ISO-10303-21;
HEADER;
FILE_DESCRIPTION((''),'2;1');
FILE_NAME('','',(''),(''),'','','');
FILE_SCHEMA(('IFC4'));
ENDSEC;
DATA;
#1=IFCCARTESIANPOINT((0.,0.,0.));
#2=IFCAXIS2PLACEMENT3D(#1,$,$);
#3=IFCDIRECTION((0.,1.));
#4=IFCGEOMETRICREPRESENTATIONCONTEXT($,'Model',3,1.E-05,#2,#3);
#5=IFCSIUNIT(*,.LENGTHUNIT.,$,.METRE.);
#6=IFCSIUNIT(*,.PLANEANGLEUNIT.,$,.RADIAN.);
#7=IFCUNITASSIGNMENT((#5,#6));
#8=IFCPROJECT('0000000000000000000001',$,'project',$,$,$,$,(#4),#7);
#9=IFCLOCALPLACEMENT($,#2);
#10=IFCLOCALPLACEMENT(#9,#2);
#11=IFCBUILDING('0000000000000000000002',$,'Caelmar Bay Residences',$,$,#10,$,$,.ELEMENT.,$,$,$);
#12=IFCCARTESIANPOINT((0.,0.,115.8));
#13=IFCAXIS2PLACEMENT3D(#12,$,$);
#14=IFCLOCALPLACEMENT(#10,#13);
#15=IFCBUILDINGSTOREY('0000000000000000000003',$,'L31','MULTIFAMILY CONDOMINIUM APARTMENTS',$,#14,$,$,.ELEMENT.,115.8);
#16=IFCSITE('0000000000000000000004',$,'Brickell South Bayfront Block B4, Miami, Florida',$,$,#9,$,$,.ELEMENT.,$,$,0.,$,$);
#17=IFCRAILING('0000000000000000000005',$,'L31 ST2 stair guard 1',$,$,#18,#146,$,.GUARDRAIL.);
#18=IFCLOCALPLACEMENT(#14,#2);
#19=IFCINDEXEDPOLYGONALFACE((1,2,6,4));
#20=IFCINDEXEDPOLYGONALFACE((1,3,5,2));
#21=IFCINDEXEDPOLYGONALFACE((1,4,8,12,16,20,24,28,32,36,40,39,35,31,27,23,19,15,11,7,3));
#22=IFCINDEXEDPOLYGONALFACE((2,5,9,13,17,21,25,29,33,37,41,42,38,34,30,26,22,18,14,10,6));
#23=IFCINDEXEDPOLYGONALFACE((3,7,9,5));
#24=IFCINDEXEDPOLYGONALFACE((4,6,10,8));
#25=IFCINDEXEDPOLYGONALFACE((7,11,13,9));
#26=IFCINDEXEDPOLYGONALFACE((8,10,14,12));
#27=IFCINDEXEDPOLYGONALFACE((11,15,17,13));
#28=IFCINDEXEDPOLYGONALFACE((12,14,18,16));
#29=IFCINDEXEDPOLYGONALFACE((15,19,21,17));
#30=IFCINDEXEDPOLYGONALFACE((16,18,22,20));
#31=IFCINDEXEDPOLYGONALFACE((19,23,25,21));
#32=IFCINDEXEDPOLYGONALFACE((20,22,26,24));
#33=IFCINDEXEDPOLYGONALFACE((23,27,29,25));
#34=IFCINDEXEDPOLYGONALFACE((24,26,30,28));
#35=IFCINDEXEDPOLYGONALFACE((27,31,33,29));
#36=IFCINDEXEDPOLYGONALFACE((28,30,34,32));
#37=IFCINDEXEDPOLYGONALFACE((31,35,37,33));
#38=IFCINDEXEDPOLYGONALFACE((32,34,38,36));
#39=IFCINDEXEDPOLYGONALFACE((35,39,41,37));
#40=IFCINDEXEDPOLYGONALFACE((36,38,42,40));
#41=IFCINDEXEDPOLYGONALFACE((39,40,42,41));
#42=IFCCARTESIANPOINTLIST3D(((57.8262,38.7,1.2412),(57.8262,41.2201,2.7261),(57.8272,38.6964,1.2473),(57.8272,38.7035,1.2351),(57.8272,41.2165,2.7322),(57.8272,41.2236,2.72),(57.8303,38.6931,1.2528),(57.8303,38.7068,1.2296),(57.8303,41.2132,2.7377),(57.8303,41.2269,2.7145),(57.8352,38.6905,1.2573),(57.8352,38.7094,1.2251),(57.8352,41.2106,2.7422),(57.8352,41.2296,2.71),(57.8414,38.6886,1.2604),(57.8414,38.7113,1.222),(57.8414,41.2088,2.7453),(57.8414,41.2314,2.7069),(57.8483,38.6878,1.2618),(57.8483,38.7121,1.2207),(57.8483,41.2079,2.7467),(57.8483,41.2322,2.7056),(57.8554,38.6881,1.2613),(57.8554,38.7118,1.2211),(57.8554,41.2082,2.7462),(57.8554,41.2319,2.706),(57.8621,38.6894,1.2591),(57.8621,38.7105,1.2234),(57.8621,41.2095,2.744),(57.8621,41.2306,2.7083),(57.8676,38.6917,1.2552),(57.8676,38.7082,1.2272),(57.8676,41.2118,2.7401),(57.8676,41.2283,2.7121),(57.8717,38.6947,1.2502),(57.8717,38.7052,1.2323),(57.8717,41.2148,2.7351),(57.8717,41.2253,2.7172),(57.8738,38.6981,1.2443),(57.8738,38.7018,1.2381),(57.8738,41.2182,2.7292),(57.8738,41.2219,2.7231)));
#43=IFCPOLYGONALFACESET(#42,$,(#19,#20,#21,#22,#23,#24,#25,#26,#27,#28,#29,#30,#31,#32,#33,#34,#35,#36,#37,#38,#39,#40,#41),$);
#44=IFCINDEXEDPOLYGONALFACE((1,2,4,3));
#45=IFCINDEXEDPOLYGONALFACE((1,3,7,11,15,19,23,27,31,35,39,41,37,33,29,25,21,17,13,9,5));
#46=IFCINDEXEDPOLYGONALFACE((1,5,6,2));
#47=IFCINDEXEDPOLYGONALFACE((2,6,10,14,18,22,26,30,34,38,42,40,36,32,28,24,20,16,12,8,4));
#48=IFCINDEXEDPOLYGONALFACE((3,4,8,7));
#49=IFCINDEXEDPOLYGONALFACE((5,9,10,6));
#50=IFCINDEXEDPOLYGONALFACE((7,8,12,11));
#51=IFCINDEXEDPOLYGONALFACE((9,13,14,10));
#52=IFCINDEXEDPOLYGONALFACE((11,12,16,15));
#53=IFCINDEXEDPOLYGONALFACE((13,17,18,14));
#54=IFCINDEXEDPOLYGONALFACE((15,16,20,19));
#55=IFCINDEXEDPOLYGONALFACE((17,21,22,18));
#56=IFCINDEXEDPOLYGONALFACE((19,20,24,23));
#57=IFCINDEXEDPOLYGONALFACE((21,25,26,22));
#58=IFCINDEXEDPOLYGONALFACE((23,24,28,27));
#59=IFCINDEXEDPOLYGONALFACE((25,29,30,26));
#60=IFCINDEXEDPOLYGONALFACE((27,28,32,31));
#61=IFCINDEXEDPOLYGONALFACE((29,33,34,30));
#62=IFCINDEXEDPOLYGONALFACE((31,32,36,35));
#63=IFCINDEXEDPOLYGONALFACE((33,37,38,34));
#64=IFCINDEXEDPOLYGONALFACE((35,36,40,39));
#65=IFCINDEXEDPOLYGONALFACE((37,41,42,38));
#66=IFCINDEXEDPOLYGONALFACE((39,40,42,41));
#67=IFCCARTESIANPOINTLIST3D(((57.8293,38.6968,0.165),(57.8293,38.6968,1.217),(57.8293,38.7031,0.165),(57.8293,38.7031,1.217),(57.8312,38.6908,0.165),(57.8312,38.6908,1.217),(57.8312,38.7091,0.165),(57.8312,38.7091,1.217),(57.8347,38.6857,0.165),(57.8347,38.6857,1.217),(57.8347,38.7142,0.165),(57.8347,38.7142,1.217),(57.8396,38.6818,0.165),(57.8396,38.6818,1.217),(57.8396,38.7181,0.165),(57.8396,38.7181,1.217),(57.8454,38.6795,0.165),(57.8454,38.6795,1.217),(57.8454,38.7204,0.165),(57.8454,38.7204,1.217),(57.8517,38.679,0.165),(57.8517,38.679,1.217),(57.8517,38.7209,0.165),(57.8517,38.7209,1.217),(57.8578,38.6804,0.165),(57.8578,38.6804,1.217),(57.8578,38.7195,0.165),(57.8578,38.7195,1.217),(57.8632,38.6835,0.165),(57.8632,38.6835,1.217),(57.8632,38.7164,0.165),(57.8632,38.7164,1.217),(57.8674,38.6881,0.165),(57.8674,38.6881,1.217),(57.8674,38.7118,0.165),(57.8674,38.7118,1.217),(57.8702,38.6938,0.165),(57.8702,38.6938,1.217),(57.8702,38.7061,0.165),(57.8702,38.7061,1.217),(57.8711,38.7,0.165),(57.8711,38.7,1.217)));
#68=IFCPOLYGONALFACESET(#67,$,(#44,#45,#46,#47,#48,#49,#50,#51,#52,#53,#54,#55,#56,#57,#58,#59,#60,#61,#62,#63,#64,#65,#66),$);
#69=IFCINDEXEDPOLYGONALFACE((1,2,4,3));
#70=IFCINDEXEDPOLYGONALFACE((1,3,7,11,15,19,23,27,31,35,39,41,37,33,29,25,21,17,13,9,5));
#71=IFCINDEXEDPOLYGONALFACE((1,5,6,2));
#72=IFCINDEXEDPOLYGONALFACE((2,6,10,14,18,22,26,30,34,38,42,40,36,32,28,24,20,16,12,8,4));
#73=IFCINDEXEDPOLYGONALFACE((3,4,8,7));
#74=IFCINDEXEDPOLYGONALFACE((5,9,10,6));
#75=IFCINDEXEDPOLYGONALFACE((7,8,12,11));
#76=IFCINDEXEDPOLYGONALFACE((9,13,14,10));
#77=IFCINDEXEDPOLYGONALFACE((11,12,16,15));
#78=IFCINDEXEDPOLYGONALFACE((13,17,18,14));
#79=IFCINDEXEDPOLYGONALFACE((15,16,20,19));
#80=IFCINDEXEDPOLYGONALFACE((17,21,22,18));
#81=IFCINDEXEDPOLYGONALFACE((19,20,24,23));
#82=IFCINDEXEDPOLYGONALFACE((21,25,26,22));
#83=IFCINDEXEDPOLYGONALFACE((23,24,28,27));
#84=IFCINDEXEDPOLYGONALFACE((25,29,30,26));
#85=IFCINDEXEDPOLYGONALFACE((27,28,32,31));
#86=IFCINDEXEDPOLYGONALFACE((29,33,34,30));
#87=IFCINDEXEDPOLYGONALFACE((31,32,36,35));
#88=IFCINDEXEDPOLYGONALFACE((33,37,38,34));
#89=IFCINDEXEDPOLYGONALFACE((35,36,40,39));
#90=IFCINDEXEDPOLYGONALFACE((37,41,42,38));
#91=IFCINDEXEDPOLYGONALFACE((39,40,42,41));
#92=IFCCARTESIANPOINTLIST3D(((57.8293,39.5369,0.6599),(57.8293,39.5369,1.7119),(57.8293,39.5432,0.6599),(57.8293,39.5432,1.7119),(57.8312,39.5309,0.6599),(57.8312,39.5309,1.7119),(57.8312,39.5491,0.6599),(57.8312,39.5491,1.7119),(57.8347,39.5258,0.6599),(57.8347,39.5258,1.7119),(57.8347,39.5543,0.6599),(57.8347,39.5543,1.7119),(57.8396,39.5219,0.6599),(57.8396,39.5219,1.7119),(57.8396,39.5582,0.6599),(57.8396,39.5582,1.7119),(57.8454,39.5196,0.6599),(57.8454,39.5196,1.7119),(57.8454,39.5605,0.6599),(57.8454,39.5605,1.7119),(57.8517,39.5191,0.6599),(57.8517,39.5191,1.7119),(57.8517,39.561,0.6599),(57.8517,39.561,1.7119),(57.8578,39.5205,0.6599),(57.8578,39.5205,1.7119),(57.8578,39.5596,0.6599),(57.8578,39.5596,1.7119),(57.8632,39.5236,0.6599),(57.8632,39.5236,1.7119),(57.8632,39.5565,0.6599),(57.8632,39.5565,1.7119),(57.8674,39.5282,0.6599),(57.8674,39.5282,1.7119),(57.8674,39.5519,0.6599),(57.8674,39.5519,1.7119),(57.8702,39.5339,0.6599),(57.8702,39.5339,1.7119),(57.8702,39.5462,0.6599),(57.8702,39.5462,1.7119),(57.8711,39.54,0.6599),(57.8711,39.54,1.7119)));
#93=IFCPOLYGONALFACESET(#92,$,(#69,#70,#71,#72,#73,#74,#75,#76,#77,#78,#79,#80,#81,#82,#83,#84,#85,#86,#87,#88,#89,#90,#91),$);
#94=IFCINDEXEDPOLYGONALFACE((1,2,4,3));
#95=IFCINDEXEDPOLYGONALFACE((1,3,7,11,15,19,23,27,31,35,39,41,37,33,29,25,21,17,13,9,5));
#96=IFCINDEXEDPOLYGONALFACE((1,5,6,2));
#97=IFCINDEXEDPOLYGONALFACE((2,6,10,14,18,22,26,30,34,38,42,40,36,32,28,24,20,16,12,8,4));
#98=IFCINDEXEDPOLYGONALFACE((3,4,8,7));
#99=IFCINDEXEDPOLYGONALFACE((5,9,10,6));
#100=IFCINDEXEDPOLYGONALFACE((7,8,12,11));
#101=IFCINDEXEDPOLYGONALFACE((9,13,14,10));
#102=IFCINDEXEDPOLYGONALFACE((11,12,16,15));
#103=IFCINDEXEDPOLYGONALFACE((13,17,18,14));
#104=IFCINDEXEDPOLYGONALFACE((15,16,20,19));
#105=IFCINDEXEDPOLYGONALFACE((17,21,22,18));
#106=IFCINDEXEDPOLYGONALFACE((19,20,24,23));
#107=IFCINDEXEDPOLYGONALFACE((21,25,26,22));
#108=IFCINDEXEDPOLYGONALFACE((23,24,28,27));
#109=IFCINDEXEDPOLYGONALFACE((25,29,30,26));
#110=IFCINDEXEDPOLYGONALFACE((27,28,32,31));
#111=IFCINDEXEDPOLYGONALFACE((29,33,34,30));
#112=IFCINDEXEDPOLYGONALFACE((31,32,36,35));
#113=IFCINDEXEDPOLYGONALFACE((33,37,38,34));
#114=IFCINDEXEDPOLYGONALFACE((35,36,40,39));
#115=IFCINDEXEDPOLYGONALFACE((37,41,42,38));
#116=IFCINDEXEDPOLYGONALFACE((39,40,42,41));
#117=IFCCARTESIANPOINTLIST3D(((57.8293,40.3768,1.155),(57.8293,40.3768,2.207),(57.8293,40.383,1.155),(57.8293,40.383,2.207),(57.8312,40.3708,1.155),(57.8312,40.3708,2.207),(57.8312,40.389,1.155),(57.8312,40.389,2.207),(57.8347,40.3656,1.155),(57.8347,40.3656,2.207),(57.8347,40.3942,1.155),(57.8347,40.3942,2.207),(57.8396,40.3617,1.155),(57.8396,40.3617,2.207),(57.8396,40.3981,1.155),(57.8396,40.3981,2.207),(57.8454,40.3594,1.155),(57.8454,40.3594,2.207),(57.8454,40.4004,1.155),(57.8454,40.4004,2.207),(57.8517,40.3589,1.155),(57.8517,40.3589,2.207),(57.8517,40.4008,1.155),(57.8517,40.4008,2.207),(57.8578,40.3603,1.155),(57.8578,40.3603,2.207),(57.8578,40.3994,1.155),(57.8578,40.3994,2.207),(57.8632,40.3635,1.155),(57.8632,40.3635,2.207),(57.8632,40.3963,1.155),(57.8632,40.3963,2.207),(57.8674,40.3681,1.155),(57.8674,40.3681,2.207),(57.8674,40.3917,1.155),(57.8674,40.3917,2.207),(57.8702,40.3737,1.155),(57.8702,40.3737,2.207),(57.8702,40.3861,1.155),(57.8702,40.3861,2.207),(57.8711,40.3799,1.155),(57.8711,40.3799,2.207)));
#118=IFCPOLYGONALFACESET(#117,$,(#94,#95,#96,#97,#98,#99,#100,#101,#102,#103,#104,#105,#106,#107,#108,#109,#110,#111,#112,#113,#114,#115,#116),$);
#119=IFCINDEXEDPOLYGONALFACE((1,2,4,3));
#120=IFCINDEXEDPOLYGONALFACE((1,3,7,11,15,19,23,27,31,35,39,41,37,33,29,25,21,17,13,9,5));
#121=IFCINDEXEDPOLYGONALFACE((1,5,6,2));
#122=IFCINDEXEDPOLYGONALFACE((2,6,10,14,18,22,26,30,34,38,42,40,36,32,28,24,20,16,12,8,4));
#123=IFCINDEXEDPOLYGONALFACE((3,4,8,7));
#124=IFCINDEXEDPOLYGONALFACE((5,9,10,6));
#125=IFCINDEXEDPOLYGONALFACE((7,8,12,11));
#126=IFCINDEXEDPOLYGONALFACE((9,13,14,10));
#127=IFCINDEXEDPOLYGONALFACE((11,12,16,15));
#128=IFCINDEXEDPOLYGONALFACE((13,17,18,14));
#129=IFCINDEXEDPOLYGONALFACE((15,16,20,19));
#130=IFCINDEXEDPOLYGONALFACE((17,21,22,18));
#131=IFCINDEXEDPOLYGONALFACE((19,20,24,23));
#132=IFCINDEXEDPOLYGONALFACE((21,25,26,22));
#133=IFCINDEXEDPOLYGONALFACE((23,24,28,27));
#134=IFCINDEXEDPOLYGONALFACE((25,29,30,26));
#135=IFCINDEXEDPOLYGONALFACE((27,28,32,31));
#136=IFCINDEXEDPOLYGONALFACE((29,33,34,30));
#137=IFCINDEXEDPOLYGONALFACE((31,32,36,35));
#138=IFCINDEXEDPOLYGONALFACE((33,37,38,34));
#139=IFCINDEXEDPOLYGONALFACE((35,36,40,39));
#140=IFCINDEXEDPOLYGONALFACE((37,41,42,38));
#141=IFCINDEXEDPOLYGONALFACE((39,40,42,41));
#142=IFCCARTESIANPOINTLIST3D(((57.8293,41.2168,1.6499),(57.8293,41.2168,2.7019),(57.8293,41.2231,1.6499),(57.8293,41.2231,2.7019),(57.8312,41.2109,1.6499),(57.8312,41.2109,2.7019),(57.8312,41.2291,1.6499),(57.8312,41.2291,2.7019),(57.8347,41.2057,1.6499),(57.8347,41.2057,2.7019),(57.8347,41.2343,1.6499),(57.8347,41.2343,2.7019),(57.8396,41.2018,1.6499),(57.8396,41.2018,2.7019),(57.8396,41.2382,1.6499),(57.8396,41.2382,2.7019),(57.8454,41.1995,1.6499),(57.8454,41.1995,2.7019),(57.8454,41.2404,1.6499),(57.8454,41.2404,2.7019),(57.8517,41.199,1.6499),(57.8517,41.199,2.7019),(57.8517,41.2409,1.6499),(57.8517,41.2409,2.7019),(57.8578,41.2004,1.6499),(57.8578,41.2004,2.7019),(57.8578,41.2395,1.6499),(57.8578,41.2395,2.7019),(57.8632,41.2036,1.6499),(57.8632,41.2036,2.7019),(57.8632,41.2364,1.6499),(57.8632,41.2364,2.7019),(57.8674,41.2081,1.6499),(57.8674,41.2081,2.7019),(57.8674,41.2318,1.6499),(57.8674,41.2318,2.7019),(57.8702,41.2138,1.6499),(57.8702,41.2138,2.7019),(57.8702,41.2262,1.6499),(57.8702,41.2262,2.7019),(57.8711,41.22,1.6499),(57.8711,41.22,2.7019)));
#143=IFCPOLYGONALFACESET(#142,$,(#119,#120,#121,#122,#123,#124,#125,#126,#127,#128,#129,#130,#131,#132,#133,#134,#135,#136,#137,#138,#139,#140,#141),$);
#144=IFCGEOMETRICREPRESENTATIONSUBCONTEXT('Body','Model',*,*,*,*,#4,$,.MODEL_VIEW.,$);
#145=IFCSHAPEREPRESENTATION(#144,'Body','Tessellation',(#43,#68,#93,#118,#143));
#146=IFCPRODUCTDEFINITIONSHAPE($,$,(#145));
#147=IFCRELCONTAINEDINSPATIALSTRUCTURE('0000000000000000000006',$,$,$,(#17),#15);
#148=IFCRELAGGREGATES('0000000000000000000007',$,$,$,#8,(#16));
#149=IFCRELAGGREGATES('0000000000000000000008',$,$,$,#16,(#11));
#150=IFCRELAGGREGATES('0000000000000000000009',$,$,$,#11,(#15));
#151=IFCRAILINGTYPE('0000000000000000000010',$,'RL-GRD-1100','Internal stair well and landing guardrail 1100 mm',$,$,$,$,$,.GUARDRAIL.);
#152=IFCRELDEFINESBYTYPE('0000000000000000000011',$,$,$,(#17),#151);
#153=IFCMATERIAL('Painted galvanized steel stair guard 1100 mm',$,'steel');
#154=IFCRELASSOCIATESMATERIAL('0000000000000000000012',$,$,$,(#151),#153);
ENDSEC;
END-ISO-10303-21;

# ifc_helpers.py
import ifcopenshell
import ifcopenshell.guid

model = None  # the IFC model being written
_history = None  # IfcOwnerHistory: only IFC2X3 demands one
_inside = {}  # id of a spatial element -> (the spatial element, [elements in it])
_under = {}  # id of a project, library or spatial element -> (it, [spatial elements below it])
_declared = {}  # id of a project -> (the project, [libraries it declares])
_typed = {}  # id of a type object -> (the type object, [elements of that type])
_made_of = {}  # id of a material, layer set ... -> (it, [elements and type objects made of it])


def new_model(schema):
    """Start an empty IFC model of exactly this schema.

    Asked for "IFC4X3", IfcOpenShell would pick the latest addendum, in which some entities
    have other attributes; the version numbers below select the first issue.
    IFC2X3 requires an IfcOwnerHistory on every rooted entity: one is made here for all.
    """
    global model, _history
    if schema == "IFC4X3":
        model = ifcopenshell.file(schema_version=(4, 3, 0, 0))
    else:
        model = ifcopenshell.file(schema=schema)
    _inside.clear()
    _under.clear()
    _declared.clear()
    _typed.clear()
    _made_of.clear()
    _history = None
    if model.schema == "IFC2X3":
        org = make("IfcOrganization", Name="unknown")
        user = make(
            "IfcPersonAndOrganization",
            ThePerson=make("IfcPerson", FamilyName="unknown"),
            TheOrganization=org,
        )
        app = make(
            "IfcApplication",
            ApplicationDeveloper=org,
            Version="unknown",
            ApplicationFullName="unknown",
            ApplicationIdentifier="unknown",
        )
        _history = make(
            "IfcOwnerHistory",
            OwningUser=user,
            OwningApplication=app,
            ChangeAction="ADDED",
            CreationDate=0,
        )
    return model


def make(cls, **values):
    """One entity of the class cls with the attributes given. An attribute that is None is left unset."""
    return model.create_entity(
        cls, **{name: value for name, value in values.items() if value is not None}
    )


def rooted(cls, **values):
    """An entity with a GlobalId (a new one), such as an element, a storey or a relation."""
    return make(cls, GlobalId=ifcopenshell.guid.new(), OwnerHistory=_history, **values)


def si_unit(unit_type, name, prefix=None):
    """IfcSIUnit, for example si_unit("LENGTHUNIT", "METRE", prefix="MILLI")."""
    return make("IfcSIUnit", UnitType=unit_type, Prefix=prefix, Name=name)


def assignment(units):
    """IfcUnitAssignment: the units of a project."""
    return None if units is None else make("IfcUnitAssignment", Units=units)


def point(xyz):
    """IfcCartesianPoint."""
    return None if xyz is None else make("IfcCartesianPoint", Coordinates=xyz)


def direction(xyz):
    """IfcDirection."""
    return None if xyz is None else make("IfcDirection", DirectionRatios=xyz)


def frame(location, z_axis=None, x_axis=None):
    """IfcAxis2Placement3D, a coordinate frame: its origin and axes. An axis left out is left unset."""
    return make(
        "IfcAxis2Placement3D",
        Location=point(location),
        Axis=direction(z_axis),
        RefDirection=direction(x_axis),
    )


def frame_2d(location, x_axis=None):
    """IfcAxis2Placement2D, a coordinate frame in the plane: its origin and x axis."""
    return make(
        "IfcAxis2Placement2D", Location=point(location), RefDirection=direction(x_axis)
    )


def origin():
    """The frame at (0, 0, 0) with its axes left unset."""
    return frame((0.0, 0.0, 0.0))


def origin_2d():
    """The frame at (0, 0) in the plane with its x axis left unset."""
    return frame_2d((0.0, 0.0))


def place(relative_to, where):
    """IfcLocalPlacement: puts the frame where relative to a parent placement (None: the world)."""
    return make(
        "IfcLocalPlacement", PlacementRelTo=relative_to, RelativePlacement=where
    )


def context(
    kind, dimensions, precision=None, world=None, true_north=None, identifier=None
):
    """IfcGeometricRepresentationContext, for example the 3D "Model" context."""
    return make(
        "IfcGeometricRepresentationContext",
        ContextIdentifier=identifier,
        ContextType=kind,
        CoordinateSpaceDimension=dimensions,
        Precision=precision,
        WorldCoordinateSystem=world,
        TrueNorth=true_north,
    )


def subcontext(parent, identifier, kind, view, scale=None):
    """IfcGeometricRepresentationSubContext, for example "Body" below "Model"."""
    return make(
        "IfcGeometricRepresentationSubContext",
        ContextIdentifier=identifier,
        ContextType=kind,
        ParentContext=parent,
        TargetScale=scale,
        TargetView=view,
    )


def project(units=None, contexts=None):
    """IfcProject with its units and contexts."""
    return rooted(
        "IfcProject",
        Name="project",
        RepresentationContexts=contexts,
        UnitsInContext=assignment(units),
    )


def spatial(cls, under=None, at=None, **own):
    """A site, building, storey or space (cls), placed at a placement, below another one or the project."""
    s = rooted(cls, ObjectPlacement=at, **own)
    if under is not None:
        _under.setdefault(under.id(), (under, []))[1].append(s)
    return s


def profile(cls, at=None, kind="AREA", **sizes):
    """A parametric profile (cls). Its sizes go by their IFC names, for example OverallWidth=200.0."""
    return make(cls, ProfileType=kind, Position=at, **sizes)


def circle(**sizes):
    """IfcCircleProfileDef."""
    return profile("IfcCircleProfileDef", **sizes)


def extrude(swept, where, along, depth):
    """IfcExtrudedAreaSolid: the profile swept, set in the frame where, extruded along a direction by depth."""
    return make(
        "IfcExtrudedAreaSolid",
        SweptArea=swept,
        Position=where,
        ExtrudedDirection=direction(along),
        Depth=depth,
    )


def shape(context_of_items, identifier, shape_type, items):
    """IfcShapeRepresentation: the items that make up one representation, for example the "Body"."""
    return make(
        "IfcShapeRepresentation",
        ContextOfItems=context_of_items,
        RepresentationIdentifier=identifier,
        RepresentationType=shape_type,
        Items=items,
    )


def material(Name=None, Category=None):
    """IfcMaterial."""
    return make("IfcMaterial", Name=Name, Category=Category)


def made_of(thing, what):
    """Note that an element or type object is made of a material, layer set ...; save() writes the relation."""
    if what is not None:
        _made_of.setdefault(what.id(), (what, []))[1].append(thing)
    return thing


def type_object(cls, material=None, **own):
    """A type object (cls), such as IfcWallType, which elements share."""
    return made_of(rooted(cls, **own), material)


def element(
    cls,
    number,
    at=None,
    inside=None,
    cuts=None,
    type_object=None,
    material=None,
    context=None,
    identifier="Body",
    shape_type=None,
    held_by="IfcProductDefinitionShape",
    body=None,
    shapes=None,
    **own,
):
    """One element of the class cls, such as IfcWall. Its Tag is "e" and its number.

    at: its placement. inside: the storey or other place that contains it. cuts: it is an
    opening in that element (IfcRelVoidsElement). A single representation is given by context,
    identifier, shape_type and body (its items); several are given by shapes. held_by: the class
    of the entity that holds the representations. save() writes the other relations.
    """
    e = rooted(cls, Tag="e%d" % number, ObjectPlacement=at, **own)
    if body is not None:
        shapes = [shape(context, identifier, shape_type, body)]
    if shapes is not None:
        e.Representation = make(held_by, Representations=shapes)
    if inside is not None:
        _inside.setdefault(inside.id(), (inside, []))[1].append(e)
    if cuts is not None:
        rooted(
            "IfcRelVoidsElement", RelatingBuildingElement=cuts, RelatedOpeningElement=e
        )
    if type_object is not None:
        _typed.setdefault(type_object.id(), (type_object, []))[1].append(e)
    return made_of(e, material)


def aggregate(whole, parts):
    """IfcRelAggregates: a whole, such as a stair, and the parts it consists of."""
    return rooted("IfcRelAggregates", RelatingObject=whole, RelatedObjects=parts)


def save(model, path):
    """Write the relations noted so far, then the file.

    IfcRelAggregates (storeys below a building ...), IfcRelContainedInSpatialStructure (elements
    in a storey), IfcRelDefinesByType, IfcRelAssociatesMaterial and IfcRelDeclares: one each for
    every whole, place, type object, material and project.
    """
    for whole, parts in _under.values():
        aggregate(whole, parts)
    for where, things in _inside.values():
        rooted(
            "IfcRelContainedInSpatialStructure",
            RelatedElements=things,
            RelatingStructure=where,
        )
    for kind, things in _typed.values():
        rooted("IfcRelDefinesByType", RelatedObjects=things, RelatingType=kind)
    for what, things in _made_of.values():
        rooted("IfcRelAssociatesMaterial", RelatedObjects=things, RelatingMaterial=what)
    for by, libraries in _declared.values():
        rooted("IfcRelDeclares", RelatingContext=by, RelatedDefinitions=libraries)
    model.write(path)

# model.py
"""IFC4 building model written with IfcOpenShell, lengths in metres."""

from ifc_helpers import new_model, si_unit, direction, frame, origin, origin_2d, place, context, subcontext, project, spatial, circle, extrude, material, type_object, element, save


model = new_model("IFC4")

# Units and contexts
model_context = context("Model", 3, precision=1e-05, world=origin(), true_north=direction((0.0, 1.0)))
body_context = subcontext(model_context, "Body", "Model", "MODEL_VIEW")
ifc_project = project(units=[si_unit("LENGTHUNIT", "METRE"), si_unit("PLANEANGLEUNIT", "RADIAN")], contexts=[model_context])

# Site, building, storey
site_placement = place(None, origin())
site = spatial("IfcSite", under=ifc_project, at=site_placement, Name="Brickell South Bayfront Block B4, Miami, Florida", CompositionType="ELEMENT", RefElevation=0.0)
building_placement = place(site_placement, origin())
building = spatial("IfcBuilding", under=site, at=building_placement, Name="Caelmar Bay Residences", CompositionType="ELEMENT")
storey_placement = place(building_placement, frame((0.0, 0.0, 115.8)))
storey = spatial("IfcBuildingStorey", under=building, at=storey_placement, Name="L31", Description="MULTIFAMILY CONDOMINIUM APARTMENTS", CompositionType="ELEMENT", Elevation=115.8)

# Railing
ifc_material_1 = material(Name="Painted galvanized steel stair guard 1100 mm", Category="steel")
railing_type_1 = type_object("IfcRailingType", Name="RL-GRD-1100", Description="Internal stair well and landing guardrail 1100 mm", PredefinedType="GUARDRAIL", material=ifc_material_1)
railing_1_placement = place(storey_placement, frame((57.8501, 38.7, 0.165)))
element("IfcRailing", 1, at=railing_1_placement, inside=storey, type_object=railing_type_1, Name="L31 ST2 stair guard 1", PredefinedType="GUARDRAIL", context=body_context, shape_type="SweptSolid", body=[
    extrude(circle(Radius=0.0239, at=origin_2d()), frame((0.0, 0.0, 1.0762), z_axis=(0.0, 0.861561, 0.507655), x_axis=(-1.0, 0.0, 0.0)), (0.0, 0.0, 1.0), 2.925),
    extrude(circle(Radius=0.021, at=origin_2d()), origin(), (0.0, 0.0, 1.0), 1.052),
    extrude(circle(Radius=0.021, at=origin_2d()), frame((0.0, 0.8401, 0.4949)), (0.0, 0.0, 1.0), 1.052),
    extrude(circle(Radius=0.021, at=origin_2d()), frame((0.0, 1.6799, 0.99)), (0.0, 0.0, 1.0), 1.052),
    extrude(circle(Radius=0.021, at=origin_2d()), frame((0.0, 2.52, 1.4849)), (0.0, 0.0, 1.0), 1.052),
])

save(model, "model.ifc")
